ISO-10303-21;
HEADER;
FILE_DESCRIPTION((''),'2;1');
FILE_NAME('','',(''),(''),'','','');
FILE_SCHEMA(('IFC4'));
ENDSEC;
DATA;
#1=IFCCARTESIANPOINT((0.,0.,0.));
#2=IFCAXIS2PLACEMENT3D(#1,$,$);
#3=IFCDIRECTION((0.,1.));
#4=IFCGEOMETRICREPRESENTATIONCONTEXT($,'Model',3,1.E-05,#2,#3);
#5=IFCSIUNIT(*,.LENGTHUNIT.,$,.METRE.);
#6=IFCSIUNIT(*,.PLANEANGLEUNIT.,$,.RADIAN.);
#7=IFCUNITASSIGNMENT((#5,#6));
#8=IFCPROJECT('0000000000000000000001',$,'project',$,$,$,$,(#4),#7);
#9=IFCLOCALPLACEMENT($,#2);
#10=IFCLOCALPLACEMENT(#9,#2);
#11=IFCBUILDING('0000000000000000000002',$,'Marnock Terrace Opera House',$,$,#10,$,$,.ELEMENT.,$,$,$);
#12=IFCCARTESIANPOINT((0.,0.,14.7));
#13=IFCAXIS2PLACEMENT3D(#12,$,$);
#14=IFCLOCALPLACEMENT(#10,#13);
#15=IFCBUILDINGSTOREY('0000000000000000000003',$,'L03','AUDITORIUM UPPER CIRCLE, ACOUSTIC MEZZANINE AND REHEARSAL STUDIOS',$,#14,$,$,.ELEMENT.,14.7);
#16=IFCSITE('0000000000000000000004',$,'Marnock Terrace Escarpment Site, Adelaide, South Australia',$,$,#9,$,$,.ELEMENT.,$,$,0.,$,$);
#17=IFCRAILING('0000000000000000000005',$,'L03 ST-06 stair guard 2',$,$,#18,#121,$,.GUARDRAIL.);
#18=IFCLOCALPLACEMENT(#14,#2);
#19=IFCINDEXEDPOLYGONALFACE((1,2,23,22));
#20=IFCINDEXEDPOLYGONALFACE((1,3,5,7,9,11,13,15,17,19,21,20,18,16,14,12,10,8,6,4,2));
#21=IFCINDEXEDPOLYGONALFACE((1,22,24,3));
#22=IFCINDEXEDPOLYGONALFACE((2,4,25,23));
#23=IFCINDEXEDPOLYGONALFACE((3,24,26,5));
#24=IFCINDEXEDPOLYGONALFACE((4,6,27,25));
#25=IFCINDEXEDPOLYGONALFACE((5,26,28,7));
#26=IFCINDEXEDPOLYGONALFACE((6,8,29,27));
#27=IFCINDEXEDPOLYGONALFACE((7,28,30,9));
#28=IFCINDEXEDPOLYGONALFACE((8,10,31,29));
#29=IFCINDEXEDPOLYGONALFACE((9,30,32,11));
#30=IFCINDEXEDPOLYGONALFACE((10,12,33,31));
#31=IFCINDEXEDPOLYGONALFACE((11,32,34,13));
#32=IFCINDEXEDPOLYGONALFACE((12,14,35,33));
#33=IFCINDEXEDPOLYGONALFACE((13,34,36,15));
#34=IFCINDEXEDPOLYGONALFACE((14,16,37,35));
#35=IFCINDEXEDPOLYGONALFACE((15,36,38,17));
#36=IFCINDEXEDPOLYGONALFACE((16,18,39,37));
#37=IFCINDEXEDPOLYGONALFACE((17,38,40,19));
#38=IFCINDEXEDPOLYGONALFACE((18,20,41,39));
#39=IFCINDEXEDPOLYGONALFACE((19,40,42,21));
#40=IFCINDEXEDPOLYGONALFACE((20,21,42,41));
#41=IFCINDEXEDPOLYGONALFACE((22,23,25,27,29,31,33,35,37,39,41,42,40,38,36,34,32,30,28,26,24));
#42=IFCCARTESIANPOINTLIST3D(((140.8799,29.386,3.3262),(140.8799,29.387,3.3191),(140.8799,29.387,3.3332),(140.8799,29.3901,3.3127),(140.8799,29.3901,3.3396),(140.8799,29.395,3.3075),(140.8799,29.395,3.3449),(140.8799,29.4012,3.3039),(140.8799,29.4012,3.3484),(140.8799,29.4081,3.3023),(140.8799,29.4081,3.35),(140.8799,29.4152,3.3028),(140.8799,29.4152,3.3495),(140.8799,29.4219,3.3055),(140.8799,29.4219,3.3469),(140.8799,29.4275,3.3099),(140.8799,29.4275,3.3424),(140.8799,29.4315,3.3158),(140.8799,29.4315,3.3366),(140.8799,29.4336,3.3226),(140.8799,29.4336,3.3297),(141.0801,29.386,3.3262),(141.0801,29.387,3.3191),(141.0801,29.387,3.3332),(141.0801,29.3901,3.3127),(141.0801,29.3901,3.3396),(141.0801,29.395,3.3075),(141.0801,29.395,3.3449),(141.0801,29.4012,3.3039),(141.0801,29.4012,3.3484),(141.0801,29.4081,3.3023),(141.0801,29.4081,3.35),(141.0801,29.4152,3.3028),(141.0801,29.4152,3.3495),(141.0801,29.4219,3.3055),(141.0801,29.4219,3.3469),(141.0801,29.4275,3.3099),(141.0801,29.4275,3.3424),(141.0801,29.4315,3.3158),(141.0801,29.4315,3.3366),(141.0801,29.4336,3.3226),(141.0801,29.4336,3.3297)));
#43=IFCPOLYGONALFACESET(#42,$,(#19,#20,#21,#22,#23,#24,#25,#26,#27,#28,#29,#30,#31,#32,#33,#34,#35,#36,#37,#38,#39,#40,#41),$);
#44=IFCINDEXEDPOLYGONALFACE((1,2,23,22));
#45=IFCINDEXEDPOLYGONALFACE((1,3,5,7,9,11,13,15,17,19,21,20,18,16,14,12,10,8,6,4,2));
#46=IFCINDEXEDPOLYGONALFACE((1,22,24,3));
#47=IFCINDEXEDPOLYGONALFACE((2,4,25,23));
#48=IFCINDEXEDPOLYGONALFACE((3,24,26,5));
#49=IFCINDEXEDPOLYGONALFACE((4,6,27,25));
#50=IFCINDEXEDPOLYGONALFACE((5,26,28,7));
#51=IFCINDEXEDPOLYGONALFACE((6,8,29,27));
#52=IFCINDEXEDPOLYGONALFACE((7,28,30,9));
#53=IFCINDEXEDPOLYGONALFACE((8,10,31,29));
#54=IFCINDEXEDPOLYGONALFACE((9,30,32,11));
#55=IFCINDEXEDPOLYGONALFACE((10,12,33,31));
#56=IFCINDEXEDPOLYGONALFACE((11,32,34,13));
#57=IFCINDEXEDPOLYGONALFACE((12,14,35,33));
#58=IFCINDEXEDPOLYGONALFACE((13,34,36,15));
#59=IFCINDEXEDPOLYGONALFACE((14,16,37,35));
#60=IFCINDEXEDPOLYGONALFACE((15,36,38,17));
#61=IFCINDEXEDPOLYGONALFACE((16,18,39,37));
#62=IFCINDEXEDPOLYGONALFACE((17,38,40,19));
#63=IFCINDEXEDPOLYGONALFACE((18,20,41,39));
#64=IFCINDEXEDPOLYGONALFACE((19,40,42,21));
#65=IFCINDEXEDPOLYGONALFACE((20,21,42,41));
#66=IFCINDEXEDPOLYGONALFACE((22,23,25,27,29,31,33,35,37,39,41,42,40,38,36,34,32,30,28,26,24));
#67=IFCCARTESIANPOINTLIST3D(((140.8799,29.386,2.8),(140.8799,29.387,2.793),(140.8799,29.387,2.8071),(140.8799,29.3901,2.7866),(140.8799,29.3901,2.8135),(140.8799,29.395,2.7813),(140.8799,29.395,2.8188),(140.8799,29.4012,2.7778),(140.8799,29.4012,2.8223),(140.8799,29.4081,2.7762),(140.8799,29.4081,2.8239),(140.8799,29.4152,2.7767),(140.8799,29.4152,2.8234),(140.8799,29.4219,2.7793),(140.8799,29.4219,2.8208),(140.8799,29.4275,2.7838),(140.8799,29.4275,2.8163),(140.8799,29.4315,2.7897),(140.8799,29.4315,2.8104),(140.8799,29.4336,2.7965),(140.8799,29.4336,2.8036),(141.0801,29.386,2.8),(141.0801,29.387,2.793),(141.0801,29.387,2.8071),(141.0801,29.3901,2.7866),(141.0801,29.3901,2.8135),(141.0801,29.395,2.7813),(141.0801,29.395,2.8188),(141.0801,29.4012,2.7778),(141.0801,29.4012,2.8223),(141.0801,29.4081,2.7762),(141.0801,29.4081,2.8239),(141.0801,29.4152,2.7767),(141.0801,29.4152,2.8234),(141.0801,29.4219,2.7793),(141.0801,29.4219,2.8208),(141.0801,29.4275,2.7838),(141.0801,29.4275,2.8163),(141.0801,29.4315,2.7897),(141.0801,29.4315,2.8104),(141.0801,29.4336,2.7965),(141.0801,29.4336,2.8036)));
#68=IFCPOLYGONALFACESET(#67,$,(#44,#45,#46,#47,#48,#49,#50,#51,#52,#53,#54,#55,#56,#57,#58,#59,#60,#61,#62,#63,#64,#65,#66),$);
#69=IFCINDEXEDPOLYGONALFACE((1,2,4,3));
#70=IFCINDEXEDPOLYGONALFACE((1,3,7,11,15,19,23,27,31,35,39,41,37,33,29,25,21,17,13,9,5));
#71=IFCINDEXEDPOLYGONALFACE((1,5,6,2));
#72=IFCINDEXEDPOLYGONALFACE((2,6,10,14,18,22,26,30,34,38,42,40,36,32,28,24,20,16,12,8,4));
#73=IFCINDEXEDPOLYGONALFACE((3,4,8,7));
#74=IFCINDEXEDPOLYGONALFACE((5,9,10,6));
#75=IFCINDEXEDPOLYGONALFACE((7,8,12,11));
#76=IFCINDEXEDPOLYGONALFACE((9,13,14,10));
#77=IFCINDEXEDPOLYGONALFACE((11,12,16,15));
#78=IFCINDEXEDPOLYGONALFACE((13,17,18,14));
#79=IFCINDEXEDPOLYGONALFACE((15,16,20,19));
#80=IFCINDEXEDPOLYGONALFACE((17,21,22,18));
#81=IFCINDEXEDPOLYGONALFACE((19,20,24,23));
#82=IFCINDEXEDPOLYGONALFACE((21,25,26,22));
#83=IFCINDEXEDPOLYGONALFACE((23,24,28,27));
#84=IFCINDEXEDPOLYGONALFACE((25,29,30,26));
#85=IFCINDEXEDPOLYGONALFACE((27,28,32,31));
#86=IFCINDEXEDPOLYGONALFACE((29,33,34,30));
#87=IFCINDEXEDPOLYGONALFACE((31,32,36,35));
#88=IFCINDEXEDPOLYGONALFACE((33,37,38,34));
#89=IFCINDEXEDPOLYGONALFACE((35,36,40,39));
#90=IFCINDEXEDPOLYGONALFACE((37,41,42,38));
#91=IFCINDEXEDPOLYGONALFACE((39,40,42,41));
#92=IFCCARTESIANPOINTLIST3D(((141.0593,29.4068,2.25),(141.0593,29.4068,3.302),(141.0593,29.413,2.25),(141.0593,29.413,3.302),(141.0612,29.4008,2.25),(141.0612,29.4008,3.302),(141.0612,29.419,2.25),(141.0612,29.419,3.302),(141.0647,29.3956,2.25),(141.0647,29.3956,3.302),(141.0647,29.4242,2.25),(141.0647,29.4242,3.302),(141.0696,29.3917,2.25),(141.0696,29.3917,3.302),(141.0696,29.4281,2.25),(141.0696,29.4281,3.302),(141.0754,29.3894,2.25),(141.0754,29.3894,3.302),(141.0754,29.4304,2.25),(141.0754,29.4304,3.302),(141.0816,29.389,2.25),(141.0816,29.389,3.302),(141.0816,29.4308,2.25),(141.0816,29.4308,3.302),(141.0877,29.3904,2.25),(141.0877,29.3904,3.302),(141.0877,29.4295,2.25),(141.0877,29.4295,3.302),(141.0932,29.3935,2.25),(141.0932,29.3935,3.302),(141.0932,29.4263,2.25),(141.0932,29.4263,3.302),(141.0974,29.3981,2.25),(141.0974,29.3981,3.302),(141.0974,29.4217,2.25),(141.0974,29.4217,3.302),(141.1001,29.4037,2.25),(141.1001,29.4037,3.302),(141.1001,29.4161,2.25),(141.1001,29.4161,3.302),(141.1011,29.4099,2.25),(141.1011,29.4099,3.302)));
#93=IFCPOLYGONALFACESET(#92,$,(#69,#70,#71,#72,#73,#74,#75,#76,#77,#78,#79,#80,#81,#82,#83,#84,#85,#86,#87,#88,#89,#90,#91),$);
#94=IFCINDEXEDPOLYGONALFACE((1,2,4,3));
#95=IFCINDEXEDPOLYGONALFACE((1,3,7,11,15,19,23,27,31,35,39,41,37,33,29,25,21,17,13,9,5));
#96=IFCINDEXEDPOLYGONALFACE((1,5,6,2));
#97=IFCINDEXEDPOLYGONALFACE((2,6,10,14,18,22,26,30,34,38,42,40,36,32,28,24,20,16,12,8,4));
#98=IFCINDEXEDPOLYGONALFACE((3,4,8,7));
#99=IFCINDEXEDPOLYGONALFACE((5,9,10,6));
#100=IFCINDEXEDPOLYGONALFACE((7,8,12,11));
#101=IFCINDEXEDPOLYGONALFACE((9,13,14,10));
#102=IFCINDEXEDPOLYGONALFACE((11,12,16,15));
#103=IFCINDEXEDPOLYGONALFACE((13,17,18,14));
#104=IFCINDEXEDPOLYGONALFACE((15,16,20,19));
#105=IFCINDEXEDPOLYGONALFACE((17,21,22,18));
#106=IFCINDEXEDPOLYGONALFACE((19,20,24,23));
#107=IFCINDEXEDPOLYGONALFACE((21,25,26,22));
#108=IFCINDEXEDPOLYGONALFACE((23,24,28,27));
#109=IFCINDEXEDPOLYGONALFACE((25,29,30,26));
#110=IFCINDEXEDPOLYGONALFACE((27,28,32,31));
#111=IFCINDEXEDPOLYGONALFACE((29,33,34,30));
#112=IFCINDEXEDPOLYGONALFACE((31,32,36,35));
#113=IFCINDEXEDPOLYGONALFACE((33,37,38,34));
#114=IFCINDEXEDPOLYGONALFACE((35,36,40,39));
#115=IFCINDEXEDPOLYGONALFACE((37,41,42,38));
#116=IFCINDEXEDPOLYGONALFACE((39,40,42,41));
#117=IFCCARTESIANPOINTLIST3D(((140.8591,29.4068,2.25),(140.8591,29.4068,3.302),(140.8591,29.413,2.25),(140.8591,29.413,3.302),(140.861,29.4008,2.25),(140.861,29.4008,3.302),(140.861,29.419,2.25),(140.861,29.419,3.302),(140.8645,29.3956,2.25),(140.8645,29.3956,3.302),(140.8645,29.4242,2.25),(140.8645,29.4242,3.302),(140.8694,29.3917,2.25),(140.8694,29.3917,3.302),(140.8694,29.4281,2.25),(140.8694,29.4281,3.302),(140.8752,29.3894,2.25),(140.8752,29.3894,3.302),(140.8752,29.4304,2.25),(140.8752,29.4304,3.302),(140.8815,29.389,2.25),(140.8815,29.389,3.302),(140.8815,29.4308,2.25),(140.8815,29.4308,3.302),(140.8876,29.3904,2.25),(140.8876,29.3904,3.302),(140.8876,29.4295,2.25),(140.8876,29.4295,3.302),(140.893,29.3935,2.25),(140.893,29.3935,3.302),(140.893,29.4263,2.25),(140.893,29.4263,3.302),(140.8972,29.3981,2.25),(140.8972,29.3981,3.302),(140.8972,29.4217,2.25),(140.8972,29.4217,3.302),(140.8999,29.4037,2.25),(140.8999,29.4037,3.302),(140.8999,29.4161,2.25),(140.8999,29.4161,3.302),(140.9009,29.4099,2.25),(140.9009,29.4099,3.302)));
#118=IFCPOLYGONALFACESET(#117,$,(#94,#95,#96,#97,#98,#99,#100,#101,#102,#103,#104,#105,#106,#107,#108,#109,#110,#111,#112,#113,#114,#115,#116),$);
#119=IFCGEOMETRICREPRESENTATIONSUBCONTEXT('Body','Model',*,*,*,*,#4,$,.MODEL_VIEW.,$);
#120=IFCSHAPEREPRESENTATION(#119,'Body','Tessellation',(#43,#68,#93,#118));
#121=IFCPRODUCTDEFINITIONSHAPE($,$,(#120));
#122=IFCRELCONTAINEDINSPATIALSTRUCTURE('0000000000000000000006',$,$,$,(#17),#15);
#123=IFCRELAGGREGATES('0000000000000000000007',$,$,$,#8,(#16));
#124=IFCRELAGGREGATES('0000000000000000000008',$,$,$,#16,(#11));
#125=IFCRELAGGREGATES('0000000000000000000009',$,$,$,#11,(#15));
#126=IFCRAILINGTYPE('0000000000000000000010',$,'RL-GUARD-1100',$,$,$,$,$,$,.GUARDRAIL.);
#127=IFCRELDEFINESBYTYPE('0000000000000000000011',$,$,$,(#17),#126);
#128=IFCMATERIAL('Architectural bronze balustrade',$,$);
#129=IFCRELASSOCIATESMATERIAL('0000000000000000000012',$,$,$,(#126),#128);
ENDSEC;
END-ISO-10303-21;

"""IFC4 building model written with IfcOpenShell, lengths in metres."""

from ifc_helpers import new_model, si_unit, direction, frame, origin, origin_2d, place, context, subcontext, project, spatial, circle, extrude, material, type_object, element, save


model = new_model("IFC4")

# Units and contexts
model_context = context("Model", 3, precision=1e-05, world=origin(), true_north=direction((0.0, 1.0)))
body_context = subcontext(model_context, "Body", "Model", "MODEL_VIEW")
ifc_project = project(units=[si_unit("LENGTHUNIT", "METRE"), si_unit("PLANEANGLEUNIT", "RADIAN")], contexts=[model_context])

# Site, building, storey
site_placement = place(None, origin())
site = spatial("IfcSite", under=ifc_project, at=site_placement, Name="Marnock Terrace Escarpment Site, Adelaide, South Australia", CompositionType="ELEMENT", RefElevation=0.0)
building_placement = place(site_placement, origin())
building = spatial("IfcBuilding", under=site, at=building_placement, Name="Marnock Terrace Opera House", CompositionType="ELEMENT")
storey_placement = place(building_placement, frame((0.0, 0.0, 14.7)))
storey = spatial("IfcBuildingStorey", under=building, at=storey_placement, Name="L03", Description="AUDITORIUM UPPER CIRCLE, ACOUSTIC MEZZANINE AND REHEARSAL STUDIOS", CompositionType="ELEMENT", Elevation=14.7)

# Railing
ifc_material_1 = material(Name="Architectural bronze balustrade")
railing_type_1 = type_object("IfcRailingType", Name="RL-GUARD-1100", PredefinedType="GUARDRAIL", material=ifc_material_1)
railing_1_placement = place(storey_placement, frame((141.0801, 29.4099, 2.25)))
element("IfcRailing", 1, at=railing_1_placement, inside=storey, type_object=railing_type_1, Name="L03 ST-06 stair guard 2", PredefinedType="GUARDRAIL", context=body_context, shape_type="SweptSolid", body=[
    extrude(circle(Radius=0.0239, at=origin_2d()), frame((0.0, 0.0, 1.0762), z_axis=(-1.0, 0.0, 0.0), x_axis=(0.0, -1.0, 0.0)), (0.0, 0.0, 1.0), 0.2002),
    extrude(circle(Radius=0.0239, at=origin_2d()), frame((0.0, 0.0, 0.55), z_axis=(-1.0, 0.0, 0.0), x_axis=(0.0, -1.0, 0.0)), (0.0, 0.0, 1.0), 0.2002),
    extrude(circle(Radius=0.021, at=origin_2d()), origin(), (0.0, 0.0, 1.0), 1.052),
    extrude(circle(Radius=0.021, at=origin_2d()), frame((-0.2002, 0.0, 0.0)), (0.0, 0.0, 1.0), 1.052),
])

save(model, "model.ifc")
